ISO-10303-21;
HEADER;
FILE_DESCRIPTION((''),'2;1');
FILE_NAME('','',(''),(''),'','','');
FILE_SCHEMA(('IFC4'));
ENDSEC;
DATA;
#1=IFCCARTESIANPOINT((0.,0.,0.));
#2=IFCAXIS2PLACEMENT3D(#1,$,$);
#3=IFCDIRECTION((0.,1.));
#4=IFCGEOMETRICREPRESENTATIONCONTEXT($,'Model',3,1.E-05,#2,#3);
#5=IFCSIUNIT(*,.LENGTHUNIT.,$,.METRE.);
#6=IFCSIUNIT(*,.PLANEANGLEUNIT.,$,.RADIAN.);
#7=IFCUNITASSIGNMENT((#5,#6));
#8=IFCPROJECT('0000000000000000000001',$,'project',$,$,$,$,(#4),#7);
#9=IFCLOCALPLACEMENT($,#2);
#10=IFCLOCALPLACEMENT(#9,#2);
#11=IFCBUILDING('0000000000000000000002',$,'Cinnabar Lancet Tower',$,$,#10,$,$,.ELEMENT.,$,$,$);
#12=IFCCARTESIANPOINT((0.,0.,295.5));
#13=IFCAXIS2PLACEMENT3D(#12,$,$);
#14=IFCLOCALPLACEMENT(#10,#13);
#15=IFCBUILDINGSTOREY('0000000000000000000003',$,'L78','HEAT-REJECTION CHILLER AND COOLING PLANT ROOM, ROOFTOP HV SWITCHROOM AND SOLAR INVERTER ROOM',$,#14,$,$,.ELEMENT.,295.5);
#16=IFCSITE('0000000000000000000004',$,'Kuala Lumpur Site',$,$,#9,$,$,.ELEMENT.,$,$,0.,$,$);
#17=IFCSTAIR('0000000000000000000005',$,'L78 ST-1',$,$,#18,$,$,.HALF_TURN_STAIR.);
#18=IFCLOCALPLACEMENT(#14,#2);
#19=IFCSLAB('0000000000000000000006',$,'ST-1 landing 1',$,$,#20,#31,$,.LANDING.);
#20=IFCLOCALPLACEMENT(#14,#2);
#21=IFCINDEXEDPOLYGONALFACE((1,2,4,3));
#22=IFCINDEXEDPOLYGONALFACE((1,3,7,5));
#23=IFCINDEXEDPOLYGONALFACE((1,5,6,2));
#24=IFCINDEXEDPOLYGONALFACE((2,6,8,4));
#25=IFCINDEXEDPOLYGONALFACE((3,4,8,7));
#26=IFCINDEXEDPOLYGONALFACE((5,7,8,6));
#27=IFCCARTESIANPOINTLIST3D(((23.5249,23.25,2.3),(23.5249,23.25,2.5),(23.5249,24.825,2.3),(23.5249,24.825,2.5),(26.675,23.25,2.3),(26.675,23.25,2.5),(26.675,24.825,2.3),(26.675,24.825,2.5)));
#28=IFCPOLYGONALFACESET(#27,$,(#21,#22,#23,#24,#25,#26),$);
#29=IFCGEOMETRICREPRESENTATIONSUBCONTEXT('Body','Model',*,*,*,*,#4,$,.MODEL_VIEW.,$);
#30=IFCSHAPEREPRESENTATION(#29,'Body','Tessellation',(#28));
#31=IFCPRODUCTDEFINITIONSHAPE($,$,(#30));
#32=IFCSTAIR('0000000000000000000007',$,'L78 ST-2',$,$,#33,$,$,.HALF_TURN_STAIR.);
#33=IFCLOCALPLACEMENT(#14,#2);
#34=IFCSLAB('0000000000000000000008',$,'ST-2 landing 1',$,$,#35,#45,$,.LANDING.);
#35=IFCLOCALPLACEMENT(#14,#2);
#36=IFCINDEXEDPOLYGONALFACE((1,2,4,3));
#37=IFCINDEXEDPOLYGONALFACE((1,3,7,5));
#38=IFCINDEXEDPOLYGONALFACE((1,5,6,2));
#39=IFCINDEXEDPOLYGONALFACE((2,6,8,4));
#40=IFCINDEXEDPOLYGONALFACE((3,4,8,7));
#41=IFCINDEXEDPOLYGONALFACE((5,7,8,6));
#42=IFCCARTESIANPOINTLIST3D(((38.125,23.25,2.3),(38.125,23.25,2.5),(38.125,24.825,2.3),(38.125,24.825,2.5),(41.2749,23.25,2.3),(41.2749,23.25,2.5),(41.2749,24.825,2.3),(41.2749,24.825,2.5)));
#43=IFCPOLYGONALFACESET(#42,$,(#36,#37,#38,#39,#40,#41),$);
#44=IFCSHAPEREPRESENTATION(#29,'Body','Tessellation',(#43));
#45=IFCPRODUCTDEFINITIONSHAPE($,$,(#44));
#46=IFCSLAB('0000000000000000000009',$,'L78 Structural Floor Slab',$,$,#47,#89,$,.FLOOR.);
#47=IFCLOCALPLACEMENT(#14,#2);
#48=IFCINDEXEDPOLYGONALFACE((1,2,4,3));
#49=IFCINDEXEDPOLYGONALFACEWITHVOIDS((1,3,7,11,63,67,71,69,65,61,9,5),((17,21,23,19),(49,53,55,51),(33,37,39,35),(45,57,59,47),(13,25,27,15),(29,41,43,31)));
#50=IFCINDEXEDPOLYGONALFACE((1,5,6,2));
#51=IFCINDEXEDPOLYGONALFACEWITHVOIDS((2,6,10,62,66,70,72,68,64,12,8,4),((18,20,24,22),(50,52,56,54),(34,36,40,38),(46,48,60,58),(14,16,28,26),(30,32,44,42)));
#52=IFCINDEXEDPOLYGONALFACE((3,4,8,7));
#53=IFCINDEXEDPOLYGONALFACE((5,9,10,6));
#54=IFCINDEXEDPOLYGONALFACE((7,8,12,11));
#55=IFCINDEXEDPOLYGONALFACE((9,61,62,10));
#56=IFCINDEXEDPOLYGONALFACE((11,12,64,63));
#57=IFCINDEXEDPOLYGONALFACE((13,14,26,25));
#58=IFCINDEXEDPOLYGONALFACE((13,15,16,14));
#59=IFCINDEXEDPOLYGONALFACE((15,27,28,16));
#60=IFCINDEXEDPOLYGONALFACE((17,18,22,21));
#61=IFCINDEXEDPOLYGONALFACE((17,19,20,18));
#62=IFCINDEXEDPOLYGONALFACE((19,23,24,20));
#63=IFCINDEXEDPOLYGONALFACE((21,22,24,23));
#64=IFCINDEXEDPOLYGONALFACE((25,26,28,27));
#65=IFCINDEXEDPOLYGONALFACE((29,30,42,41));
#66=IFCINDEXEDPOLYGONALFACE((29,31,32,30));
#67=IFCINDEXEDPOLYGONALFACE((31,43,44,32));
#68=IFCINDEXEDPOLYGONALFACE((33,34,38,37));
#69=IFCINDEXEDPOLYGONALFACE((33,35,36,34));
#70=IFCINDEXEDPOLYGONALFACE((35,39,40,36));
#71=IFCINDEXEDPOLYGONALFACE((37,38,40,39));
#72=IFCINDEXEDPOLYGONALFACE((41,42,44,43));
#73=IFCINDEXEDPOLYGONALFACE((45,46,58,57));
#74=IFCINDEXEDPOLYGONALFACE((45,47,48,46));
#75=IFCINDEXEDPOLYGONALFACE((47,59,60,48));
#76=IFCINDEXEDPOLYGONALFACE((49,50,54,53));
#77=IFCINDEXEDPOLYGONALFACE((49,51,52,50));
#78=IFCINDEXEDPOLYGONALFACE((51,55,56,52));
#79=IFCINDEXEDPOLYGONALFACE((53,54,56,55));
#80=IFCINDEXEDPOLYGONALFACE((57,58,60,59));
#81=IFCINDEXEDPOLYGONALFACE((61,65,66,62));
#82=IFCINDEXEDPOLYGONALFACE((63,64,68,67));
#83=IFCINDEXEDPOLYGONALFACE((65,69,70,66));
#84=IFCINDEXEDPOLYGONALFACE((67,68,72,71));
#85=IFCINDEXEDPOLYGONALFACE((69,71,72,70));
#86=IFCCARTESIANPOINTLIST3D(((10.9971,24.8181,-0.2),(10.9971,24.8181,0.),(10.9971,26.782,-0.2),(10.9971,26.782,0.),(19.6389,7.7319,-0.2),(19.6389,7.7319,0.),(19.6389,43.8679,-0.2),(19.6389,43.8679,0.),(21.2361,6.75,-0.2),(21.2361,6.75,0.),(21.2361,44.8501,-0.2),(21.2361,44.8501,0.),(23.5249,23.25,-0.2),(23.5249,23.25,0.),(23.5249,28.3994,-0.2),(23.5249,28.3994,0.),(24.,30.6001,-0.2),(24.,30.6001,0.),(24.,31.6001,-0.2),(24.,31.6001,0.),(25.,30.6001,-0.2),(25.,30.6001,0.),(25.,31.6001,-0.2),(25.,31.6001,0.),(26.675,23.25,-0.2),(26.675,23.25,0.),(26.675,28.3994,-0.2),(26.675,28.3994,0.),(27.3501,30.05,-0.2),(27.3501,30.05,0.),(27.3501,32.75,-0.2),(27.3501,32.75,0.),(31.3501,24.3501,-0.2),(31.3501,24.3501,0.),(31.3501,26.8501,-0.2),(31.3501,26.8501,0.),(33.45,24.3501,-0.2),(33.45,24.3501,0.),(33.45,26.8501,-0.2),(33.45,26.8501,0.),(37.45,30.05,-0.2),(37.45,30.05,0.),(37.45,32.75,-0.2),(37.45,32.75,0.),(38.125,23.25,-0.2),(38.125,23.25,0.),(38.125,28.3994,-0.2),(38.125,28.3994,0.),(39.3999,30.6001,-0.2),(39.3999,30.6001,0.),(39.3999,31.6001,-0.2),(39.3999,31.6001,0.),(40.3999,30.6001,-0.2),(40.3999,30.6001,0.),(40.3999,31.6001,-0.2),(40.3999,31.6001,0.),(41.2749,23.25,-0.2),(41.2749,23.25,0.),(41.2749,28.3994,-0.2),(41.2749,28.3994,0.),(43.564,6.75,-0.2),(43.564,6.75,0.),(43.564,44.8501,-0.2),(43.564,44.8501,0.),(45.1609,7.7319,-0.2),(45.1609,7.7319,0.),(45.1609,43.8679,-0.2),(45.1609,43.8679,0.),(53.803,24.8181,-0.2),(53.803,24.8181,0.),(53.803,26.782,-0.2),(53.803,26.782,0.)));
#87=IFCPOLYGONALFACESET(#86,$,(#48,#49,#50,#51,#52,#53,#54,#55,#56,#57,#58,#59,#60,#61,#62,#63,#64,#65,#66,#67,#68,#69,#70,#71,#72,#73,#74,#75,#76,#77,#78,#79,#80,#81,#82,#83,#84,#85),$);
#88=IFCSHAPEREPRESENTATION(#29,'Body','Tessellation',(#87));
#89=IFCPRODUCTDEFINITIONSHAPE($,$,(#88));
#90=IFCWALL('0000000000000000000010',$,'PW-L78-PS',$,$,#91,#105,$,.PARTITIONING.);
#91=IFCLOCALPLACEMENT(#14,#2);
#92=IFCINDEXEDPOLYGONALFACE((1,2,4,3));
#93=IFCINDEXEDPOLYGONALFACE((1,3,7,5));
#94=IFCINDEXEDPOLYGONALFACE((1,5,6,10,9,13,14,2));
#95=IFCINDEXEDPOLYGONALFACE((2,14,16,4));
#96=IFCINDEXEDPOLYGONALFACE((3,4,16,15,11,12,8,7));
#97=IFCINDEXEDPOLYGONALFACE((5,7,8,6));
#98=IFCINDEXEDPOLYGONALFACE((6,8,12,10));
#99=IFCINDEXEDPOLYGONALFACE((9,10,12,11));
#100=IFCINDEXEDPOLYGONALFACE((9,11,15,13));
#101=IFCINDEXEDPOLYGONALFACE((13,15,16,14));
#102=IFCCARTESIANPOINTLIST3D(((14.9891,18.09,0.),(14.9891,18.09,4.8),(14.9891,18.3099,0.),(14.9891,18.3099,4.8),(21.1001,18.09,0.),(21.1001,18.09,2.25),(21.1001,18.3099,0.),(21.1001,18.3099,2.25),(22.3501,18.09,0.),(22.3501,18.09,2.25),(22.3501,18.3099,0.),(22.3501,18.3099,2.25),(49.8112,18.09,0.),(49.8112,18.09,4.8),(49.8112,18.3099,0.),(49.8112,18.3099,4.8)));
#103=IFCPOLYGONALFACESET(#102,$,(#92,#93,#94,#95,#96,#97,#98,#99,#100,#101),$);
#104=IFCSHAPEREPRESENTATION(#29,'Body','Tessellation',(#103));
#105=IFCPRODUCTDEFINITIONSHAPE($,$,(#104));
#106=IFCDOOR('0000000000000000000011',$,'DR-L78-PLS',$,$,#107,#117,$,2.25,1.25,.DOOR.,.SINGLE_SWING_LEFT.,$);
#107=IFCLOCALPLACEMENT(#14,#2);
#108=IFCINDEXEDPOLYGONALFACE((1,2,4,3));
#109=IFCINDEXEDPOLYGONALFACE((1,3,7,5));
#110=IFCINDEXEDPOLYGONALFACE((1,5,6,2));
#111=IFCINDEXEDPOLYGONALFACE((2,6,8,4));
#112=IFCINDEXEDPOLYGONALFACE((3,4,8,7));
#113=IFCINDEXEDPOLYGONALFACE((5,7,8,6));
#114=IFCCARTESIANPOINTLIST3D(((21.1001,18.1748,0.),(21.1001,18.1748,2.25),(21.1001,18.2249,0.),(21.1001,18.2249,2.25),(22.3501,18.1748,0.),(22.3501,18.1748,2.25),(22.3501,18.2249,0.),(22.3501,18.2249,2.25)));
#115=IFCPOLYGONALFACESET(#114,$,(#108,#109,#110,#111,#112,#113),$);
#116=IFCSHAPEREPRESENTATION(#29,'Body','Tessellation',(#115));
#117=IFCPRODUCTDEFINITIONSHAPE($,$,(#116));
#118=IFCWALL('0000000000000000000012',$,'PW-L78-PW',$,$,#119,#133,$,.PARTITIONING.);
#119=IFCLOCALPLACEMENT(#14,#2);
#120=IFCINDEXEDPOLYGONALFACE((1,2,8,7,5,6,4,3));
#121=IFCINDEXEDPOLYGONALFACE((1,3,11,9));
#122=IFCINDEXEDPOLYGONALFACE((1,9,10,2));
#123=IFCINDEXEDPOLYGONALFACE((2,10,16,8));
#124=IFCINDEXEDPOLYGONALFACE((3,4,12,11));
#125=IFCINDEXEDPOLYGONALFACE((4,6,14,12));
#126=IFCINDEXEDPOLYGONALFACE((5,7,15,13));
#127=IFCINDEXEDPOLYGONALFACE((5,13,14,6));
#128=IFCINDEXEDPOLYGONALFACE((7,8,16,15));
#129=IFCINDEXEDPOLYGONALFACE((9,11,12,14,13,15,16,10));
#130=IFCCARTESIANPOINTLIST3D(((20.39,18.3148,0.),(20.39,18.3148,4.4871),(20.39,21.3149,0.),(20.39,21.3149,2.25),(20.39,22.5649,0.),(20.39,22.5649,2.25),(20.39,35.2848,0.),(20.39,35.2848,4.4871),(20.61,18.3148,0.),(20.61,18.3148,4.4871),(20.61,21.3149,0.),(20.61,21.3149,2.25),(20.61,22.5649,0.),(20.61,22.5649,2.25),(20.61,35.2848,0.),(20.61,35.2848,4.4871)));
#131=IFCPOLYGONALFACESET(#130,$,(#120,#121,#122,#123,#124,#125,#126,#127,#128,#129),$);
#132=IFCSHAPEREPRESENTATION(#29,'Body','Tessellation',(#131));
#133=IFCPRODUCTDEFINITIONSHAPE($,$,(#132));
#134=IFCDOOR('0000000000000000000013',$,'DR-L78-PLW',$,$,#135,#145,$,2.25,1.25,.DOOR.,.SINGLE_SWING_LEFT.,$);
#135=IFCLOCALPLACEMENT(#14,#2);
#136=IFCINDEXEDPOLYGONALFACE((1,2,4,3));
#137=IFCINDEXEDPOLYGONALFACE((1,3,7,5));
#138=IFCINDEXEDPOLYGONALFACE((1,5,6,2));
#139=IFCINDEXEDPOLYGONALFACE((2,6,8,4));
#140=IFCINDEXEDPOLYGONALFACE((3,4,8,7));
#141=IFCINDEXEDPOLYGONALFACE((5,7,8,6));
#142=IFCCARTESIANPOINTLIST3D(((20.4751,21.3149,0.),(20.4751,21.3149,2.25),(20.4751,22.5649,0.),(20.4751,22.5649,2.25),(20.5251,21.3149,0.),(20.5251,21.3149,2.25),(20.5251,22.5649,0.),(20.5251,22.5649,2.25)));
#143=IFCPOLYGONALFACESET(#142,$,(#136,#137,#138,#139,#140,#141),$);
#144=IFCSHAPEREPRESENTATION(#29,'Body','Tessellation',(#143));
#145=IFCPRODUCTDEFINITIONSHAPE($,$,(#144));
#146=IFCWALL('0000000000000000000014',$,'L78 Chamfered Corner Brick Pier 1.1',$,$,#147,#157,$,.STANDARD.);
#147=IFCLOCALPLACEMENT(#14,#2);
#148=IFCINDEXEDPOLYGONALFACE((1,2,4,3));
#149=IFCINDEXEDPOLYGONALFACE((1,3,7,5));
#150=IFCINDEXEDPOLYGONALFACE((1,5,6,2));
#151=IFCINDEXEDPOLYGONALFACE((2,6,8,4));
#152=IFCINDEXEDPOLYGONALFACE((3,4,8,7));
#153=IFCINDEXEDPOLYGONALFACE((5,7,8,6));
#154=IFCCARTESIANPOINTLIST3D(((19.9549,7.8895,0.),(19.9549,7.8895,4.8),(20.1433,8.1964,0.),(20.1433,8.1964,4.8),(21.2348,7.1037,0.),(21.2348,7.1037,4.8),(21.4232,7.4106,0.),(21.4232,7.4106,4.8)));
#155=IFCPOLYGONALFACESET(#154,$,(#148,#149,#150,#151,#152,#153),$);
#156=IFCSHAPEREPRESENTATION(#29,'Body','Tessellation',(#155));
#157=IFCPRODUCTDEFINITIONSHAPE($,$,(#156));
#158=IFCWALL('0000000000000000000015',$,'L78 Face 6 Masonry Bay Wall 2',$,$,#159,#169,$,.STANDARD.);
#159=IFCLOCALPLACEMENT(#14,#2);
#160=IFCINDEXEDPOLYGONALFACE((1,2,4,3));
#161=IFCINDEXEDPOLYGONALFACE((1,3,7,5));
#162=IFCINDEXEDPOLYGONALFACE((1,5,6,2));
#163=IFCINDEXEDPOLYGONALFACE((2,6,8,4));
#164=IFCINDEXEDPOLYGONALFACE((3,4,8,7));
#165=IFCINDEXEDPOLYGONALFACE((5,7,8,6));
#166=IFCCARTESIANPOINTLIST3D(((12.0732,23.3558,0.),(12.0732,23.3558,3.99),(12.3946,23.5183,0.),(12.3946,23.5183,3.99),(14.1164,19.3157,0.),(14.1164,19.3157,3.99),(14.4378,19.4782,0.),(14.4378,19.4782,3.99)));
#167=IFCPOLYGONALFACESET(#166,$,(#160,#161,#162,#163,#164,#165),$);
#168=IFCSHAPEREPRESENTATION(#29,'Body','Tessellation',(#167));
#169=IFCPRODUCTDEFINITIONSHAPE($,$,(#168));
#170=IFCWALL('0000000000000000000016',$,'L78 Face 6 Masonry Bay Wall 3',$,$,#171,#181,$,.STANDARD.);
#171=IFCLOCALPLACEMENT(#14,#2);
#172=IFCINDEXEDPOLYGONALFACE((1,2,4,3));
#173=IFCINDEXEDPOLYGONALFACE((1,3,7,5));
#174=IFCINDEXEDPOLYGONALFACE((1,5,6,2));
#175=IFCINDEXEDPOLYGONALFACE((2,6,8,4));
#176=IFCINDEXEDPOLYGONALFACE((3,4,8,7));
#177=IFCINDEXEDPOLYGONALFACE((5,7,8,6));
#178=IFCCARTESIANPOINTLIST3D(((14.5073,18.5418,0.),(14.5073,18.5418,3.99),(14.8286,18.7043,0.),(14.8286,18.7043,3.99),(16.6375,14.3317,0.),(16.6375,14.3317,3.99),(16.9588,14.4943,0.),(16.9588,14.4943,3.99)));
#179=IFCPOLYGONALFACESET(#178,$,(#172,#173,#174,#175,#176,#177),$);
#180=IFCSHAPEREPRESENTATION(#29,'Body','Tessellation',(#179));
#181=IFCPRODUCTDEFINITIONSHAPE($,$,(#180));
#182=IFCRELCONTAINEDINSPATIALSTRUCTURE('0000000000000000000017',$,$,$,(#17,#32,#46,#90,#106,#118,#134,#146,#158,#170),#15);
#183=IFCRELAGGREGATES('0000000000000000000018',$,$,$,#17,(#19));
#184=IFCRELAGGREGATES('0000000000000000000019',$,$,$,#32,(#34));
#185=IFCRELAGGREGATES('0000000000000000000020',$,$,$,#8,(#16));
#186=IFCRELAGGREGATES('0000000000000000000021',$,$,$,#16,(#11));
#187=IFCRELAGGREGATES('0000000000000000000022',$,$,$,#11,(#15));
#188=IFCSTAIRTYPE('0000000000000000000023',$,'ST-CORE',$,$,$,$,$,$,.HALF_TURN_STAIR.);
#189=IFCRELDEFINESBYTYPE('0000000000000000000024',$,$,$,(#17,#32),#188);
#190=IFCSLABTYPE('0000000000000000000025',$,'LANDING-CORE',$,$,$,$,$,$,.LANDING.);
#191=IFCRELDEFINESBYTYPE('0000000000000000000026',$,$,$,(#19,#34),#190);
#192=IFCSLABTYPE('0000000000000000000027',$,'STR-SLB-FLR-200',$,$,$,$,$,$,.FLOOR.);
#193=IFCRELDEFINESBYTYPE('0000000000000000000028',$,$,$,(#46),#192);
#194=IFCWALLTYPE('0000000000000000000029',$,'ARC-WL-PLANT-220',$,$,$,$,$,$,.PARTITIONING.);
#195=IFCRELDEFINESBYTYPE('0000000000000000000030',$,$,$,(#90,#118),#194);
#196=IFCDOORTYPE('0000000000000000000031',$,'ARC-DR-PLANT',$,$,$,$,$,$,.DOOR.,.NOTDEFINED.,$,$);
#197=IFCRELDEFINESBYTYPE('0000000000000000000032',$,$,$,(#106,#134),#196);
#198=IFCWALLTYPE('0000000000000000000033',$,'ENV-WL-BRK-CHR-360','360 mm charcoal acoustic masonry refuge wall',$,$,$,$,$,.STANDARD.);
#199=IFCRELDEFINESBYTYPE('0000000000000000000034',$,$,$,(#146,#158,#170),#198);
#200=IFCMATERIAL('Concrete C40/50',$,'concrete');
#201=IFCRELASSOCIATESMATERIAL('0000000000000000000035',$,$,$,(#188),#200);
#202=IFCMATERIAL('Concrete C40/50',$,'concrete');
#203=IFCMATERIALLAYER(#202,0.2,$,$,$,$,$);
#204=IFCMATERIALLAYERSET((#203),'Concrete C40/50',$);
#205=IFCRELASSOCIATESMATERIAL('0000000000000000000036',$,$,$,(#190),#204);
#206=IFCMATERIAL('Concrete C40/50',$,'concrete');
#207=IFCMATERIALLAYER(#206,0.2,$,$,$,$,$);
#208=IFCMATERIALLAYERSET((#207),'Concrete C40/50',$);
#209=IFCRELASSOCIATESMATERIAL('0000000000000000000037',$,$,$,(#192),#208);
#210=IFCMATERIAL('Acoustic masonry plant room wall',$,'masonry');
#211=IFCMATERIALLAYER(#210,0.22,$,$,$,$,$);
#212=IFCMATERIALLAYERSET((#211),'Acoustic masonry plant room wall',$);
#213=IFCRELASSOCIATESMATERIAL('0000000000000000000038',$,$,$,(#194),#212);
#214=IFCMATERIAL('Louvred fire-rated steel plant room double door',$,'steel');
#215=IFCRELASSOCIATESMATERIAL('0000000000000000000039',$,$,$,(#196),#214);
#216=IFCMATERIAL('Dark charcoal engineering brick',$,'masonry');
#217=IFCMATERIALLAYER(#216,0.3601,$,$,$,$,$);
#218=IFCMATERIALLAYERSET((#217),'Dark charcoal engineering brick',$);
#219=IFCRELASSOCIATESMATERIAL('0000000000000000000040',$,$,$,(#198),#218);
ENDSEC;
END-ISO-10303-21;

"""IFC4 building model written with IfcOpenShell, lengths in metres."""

from ifc_helpers import new_model, si_unit, direction, frame, frame_2d, origin, place, context, subcontext, project, spatial, polyline, rectangle, outline, extrude, material, layer, layer_set, type_object, element, fill, aggregate, save


model = new_model("IFC4")

# Units and contexts
model_context = context("Model", 3, precision=1e-05, world=origin(), true_north=direction((0.0, 1.0)))
body_context = subcontext(model_context, "Body", "Model", "MODEL_VIEW")
ifc_project = project(units=[si_unit("LENGTHUNIT", "METRE"), si_unit("PLANEANGLEUNIT", "RADIAN")], contexts=[model_context])

# Site, building, storey
site_placement = place(None, origin())
site = spatial("IfcSite", under=ifc_project, at=site_placement, Name="Kuala Lumpur Site", CompositionType="ELEMENT", RefElevation=0.0)
building_placement = place(site_placement, origin())
building = spatial("IfcBuilding", under=site, at=building_placement, Name="Cinnabar Lancet Tower", CompositionType="ELEMENT")
storey_placement = place(building_placement, frame((0.0, 0.0, 295.5)))
storey = spatial("IfcBuildingStorey", under=building, at=storey_placement, Name="L78", Description="HEAT-REJECTION CHILLER AND COOLING PLANT ROOM, ROOFTOP HV SWITCHROOM AND SOLAR INVERTER ROOM", CompositionType="ELEMENT", Elevation=295.5)

# Stairs, slabs
ifc_material_1 = material(Name="Concrete C40/50", Category="concrete")
stair_type = type_object("IfcStairType", Name="ST-CORE", PredefinedType="HALF_TURN_STAIR", material=ifc_material_1)
stair_1_placement = place(storey_placement, origin())
stair_1 = element("IfcStair", 1, at=stair_1_placement, inside=storey, type_object=stair_type, Name="L78 ST-1", PredefinedType="HALF_TURN_STAIR")
ifc_material_2 = material(Name="Concrete C40/50", Category="concrete")
ifc_layer_1 = layer(ifc_material_2, 0.2)
ifc_layer_set_1 = layer_set([ifc_layer_1], Name="Concrete C40/50")
slab_type_1 = type_object("IfcSlabType", Name="LANDING-CORE", PredefinedType="LANDING", material=ifc_layer_set_1)
slab_1_placement = place(storey_placement, frame((0.0, 0.0, 2.3)))
slab_1 = element("IfcSlab", 2, at=slab_1_placement, type_object=slab_type_1, Name="ST-1 landing 1", PredefinedType="LANDING", context=body_context, shape_type="SweptSolid", body=[
    extrude(outline(polyline([(23.5249, 24.825), (23.5249, 23.25), (26.675, 23.25), (26.675, 24.825), (23.5249, 24.825)])), origin(), (0.0, 0.0, 1.0), 0.2),
])
aggregate(stair_1, [slab_1])
stair_2_placement = place(storey_placement, origin())
stair_2 = element("IfcStair", 3, at=stair_2_placement, inside=storey, type_object=stair_type, Name="L78 ST-2", PredefinedType="HALF_TURN_STAIR")
slab_2_placement = place(storey_placement, frame((0.0, 0.0, 2.3)))
slab_2 = element("IfcSlab", 4, at=slab_2_placement, type_object=slab_type_1, Name="ST-2 landing 1", PredefinedType="LANDING", context=body_context, shape_type="SweptSolid", body=[
    extrude(outline(polyline([(38.125, 24.825), (38.125, 23.25), (41.2749, 23.25), (41.2749, 24.825), (38.125, 24.825)])), origin(), (0.0, 0.0, 1.0), 0.2),
])
aggregate(stair_2, [slab_2])

# Slab
ifc_material_3 = material(Name="Concrete C40/50", Category="concrete")
ifc_layer_2 = layer(ifc_material_3, 0.2)
ifc_layer_set_2 = layer_set([ifc_layer_2], Name="Concrete C40/50")
slab_type_2 = type_object("IfcSlabType", Name="STR-SLB-FLR-200", PredefinedType="FLOOR", material=ifc_layer_set_2)
slab_3_placement = place(storey_placement, frame((0.0, 0.0, -0.2)))
element("IfcSlab", 5, at=slab_3_placement, inside=storey, type_object=slab_type_2, Name="L78 Structural Floor Slab", PredefinedType="FLOOR", context=body_context, shape_type="SweptSolid", body=[
    extrude(outline(polyline([(19.6389, 7.7319), (21.2361, 6.75), (43.564, 6.75), (45.1609, 7.7319), (53.803, 24.8181), (53.803, 26.782), (45.1609, 43.8679), (43.564, 44.8501), (21.2361, 44.8501), (19.6389, 43.8679), (10.9971, 26.782), (10.9971, 24.8181), (19.6389, 7.7319)]), holes=[polyline([(23.5249, 23.25), (26.675, 23.25), (26.675, 28.3994), (23.5249, 28.3994), (23.5249, 23.25)]), polyline([(38.125, 23.25), (41.2749, 23.25), (41.2749, 28.3994), (38.125, 28.3994), (38.125, 23.25)]), polyline([(27.3501, 30.05), (37.45, 30.05), (37.45, 32.75), (27.3501, 32.75), (27.3501, 30.05)]), polyline([(31.3501, 24.3501), (33.45, 24.3501), (33.45, 26.8501), (31.3501, 26.8501), (31.3501, 24.3501)]), polyline([(24.0, 30.6001), (25.0, 30.6001), (25.0, 31.6001), (24.0, 31.6001), (24.0, 30.6001)]), polyline([(39.3999, 30.6001), (40.3999, 30.6001), (40.3999, 31.6001), (39.3999, 31.6001), (39.3999, 30.6001)])]), origin(), (0.0, 0.0, 1.0), 0.2),
])

# Walls, openings, doors
ifc_material_4 = material(Name="Acoustic masonry plant room wall", Category="masonry")
ifc_layer_3 = layer(ifc_material_4, 0.22)
ifc_layer_set_3 = layer_set([ifc_layer_3], Name="Acoustic masonry plant room wall")
wall_type_1 = type_object("IfcWallType", Name="ARC-WL-PLANT-220", PredefinedType="PARTITIONING", material=ifc_layer_set_3)
wall_1_placement = place(storey_placement, frame((14.989, 18.2, 0.0), z_axis=(0.0, 0.0, 1.0), x_axis=(1.0, 0.0, 0.0)))
wall_1 = element("IfcWall", 6, at=wall_1_placement, inside=storey, type_object=wall_type_1, Name="PW-L78-PS", PredefinedType="PARTITIONING", context=body_context, shape_type="SweptSolid", body=[
    extrude(rectangle(XDim=34.822, YDim=0.22, at=frame_2d((17.4111, 0.0))), origin(), (0.0, 0.0, 1.0), 4.8),
])
opening_1_placement = place(wall_1_placement, frame((6.1111, 0.0, 0.0)))
opening_1 = element("IfcOpeningElement", 7, at=opening_1_placement, cuts=wall_1, PredefinedType="OPENING", context=body_context, shape_type="SweptSolid", body=[
    extrude(rectangle(XDim=1.25, YDim=2.25, at=frame_2d((0.625, 1.125))), frame((0.0, 0.1199, 0.0), z_axis=(0.0, -1.0, 0.0), x_axis=(1.0, 0.0, 0.0)), (0.0, 0.0, 1.0), 0.24),
])
ifc_material_5 = material(Name="Louvred fire-rated steel plant room double door", Category="steel")
door_type = type_object("IfcDoorType", Name="ARC-DR-PLANT", OperationType="NOTDEFINED", PredefinedType="DOOR", material=ifc_material_5)
door_1_placement = place(opening_1_placement, origin())
door_1 = element("IfcDoor", 8, at=door_1_placement, inside=storey, type_object=door_type, Name="DR-L78-PLS", OperationType="SINGLE_SWING_LEFT", OverallHeight=2.25, OverallWidth=1.25, PredefinedType="DOOR", context=body_context, shape_type="SweptSolid", body=[
    extrude(rectangle(XDim=1.25, YDim=2.25, at=frame_2d((0.625, 1.125))), frame((0.0, 0.0249, 0.0), z_axis=(0.0, -1.0, 0.0), x_axis=(1.0, 0.0, 0.0)), (0.0, 0.0, 1.0), 0.05),
])
fill(opening_1, door_1)
wall_2_placement = place(storey_placement, frame((20.5, 18.3149, 0.0), z_axis=(0.0, 0.0, 1.0), x_axis=(0.0, 1.0, 0.0)))
wall_2 = element("IfcWall", 9, at=wall_2_placement, inside=storey, type_object=wall_type_1, Name="PW-L78-PW", PredefinedType="PARTITIONING", context=body_context, shape_type="SweptSolid", body=[
    extrude(rectangle(XDim=16.97, YDim=0.22, at=frame_2d((8.4849, 0.0))), origin(), (0.0, 0.0, 1.0), 4.4871),
])
opening_2_placement = place(wall_2_placement, frame((3.0, 0.0, 0.0)))
opening_2 = element("IfcOpeningElement", 10, at=opening_2_placement, cuts=wall_2, PredefinedType="OPENING", context=body_context, shape_type="SweptSolid", body=[
    extrude(rectangle(XDim=1.25, YDim=2.25, at=frame_2d((0.625, 1.125))), frame((0.0, 0.1199, 0.0), z_axis=(0.0, -1.0, 0.0), x_axis=(1.0, 0.0, 0.0)), (0.0, 0.0, 1.0), 0.24),
])
door_2_placement = place(opening_2_placement, origin())
door_2 = element("IfcDoor", 11, at=door_2_placement, inside=storey, type_object=door_type, Name="DR-L78-PLW", OperationType="SINGLE_SWING_LEFT", OverallHeight=2.25, OverallWidth=1.25, PredefinedType="DOOR", context=body_context, shape_type="SweptSolid", body=[
    extrude(rectangle(XDim=1.25, YDim=2.25, at=frame_2d((0.625, 1.125))), frame((0.0, 0.0249, 0.0), z_axis=(0.0, -1.0, 0.0), x_axis=(1.0, 0.0, 0.0)), (0.0, 0.0, 1.0), 0.05),
])
fill(opening_2, door_2)

# Walls
ifc_material_6 = material(Name="Dark charcoal engineering brick", Category="masonry")
ifc_layer_4 = layer(ifc_material_6, 0.3601)
ifc_layer_set_4 = layer_set([ifc_layer_4], Name="Dark charcoal engineering brick")
wall_type_2 = type_object("IfcWallType", Name="ENV-WL-BRK-CHR-360", Description="360 mm charcoal acoustic masonry refuge wall", PredefinedType="STANDARD", material=ifc_layer_set_4)
wall_3_placement = place(storey_placement, frame((20.0491, 8.043, 0.0), z_axis=(0.0, 0.0, 1.0), x_axis=(0.852199, -0.523217, 0.0)))
element("IfcWall", 12, at=wall_3_placement, inside=storey, type_object=wall_type_2, Name="L78 Chamfered Corner Brick Pier 1.1", PredefinedType="STANDARD", context=body_context, shape_type="SweptSolid", body=[
    extrude(rectangle(XDim=1.502, YDim=0.3601, at=frame_2d((0.751, 0.0))), origin(), (0.0, 0.0, 1.0), 4.8),
])
wall_4_placement = place(storey_placement, frame((12.2339, 23.437, 0.0), z_axis=(0.0, 0.0, 1.0), x_axis=(0.451307, -0.892369, 0.0)))
element("IfcWall", 13, at=wall_4_placement, inside=storey, type_object=wall_type_2, Name="L78 Face 6 Masonry Bay Wall 2", PredefinedType="STANDARD", context=body_context, shape_type="SweptSolid", body=[
    extrude(rectangle(XDim=4.5273, YDim=0.3601, at=frame_2d((2.2637, 0.0))), origin(), (0.0, 0.0, 1.0), 3.99),
])
wall_5_placement = place(storey_placement, frame((14.668, 18.623, 0.0), z_axis=(0.0, 0.0, 1.0), x_axis=(0.451472, -0.892285, 0.0)))
element("IfcWall", 14, at=wall_5_placement, inside=storey, type_object=wall_type_2, Name="L78 Face 6 Masonry Bay Wall 3", PredefinedType="STANDARD", context=body_context, shape_type="SweptSolid", body=[
    extrude(rectangle(XDim=4.7183, YDim=0.3601, at=frame_2d((2.3591, 0.0))), origin(), (0.0, 0.0, 1.0), 3.99),
])

save(model, "model.ifc")
